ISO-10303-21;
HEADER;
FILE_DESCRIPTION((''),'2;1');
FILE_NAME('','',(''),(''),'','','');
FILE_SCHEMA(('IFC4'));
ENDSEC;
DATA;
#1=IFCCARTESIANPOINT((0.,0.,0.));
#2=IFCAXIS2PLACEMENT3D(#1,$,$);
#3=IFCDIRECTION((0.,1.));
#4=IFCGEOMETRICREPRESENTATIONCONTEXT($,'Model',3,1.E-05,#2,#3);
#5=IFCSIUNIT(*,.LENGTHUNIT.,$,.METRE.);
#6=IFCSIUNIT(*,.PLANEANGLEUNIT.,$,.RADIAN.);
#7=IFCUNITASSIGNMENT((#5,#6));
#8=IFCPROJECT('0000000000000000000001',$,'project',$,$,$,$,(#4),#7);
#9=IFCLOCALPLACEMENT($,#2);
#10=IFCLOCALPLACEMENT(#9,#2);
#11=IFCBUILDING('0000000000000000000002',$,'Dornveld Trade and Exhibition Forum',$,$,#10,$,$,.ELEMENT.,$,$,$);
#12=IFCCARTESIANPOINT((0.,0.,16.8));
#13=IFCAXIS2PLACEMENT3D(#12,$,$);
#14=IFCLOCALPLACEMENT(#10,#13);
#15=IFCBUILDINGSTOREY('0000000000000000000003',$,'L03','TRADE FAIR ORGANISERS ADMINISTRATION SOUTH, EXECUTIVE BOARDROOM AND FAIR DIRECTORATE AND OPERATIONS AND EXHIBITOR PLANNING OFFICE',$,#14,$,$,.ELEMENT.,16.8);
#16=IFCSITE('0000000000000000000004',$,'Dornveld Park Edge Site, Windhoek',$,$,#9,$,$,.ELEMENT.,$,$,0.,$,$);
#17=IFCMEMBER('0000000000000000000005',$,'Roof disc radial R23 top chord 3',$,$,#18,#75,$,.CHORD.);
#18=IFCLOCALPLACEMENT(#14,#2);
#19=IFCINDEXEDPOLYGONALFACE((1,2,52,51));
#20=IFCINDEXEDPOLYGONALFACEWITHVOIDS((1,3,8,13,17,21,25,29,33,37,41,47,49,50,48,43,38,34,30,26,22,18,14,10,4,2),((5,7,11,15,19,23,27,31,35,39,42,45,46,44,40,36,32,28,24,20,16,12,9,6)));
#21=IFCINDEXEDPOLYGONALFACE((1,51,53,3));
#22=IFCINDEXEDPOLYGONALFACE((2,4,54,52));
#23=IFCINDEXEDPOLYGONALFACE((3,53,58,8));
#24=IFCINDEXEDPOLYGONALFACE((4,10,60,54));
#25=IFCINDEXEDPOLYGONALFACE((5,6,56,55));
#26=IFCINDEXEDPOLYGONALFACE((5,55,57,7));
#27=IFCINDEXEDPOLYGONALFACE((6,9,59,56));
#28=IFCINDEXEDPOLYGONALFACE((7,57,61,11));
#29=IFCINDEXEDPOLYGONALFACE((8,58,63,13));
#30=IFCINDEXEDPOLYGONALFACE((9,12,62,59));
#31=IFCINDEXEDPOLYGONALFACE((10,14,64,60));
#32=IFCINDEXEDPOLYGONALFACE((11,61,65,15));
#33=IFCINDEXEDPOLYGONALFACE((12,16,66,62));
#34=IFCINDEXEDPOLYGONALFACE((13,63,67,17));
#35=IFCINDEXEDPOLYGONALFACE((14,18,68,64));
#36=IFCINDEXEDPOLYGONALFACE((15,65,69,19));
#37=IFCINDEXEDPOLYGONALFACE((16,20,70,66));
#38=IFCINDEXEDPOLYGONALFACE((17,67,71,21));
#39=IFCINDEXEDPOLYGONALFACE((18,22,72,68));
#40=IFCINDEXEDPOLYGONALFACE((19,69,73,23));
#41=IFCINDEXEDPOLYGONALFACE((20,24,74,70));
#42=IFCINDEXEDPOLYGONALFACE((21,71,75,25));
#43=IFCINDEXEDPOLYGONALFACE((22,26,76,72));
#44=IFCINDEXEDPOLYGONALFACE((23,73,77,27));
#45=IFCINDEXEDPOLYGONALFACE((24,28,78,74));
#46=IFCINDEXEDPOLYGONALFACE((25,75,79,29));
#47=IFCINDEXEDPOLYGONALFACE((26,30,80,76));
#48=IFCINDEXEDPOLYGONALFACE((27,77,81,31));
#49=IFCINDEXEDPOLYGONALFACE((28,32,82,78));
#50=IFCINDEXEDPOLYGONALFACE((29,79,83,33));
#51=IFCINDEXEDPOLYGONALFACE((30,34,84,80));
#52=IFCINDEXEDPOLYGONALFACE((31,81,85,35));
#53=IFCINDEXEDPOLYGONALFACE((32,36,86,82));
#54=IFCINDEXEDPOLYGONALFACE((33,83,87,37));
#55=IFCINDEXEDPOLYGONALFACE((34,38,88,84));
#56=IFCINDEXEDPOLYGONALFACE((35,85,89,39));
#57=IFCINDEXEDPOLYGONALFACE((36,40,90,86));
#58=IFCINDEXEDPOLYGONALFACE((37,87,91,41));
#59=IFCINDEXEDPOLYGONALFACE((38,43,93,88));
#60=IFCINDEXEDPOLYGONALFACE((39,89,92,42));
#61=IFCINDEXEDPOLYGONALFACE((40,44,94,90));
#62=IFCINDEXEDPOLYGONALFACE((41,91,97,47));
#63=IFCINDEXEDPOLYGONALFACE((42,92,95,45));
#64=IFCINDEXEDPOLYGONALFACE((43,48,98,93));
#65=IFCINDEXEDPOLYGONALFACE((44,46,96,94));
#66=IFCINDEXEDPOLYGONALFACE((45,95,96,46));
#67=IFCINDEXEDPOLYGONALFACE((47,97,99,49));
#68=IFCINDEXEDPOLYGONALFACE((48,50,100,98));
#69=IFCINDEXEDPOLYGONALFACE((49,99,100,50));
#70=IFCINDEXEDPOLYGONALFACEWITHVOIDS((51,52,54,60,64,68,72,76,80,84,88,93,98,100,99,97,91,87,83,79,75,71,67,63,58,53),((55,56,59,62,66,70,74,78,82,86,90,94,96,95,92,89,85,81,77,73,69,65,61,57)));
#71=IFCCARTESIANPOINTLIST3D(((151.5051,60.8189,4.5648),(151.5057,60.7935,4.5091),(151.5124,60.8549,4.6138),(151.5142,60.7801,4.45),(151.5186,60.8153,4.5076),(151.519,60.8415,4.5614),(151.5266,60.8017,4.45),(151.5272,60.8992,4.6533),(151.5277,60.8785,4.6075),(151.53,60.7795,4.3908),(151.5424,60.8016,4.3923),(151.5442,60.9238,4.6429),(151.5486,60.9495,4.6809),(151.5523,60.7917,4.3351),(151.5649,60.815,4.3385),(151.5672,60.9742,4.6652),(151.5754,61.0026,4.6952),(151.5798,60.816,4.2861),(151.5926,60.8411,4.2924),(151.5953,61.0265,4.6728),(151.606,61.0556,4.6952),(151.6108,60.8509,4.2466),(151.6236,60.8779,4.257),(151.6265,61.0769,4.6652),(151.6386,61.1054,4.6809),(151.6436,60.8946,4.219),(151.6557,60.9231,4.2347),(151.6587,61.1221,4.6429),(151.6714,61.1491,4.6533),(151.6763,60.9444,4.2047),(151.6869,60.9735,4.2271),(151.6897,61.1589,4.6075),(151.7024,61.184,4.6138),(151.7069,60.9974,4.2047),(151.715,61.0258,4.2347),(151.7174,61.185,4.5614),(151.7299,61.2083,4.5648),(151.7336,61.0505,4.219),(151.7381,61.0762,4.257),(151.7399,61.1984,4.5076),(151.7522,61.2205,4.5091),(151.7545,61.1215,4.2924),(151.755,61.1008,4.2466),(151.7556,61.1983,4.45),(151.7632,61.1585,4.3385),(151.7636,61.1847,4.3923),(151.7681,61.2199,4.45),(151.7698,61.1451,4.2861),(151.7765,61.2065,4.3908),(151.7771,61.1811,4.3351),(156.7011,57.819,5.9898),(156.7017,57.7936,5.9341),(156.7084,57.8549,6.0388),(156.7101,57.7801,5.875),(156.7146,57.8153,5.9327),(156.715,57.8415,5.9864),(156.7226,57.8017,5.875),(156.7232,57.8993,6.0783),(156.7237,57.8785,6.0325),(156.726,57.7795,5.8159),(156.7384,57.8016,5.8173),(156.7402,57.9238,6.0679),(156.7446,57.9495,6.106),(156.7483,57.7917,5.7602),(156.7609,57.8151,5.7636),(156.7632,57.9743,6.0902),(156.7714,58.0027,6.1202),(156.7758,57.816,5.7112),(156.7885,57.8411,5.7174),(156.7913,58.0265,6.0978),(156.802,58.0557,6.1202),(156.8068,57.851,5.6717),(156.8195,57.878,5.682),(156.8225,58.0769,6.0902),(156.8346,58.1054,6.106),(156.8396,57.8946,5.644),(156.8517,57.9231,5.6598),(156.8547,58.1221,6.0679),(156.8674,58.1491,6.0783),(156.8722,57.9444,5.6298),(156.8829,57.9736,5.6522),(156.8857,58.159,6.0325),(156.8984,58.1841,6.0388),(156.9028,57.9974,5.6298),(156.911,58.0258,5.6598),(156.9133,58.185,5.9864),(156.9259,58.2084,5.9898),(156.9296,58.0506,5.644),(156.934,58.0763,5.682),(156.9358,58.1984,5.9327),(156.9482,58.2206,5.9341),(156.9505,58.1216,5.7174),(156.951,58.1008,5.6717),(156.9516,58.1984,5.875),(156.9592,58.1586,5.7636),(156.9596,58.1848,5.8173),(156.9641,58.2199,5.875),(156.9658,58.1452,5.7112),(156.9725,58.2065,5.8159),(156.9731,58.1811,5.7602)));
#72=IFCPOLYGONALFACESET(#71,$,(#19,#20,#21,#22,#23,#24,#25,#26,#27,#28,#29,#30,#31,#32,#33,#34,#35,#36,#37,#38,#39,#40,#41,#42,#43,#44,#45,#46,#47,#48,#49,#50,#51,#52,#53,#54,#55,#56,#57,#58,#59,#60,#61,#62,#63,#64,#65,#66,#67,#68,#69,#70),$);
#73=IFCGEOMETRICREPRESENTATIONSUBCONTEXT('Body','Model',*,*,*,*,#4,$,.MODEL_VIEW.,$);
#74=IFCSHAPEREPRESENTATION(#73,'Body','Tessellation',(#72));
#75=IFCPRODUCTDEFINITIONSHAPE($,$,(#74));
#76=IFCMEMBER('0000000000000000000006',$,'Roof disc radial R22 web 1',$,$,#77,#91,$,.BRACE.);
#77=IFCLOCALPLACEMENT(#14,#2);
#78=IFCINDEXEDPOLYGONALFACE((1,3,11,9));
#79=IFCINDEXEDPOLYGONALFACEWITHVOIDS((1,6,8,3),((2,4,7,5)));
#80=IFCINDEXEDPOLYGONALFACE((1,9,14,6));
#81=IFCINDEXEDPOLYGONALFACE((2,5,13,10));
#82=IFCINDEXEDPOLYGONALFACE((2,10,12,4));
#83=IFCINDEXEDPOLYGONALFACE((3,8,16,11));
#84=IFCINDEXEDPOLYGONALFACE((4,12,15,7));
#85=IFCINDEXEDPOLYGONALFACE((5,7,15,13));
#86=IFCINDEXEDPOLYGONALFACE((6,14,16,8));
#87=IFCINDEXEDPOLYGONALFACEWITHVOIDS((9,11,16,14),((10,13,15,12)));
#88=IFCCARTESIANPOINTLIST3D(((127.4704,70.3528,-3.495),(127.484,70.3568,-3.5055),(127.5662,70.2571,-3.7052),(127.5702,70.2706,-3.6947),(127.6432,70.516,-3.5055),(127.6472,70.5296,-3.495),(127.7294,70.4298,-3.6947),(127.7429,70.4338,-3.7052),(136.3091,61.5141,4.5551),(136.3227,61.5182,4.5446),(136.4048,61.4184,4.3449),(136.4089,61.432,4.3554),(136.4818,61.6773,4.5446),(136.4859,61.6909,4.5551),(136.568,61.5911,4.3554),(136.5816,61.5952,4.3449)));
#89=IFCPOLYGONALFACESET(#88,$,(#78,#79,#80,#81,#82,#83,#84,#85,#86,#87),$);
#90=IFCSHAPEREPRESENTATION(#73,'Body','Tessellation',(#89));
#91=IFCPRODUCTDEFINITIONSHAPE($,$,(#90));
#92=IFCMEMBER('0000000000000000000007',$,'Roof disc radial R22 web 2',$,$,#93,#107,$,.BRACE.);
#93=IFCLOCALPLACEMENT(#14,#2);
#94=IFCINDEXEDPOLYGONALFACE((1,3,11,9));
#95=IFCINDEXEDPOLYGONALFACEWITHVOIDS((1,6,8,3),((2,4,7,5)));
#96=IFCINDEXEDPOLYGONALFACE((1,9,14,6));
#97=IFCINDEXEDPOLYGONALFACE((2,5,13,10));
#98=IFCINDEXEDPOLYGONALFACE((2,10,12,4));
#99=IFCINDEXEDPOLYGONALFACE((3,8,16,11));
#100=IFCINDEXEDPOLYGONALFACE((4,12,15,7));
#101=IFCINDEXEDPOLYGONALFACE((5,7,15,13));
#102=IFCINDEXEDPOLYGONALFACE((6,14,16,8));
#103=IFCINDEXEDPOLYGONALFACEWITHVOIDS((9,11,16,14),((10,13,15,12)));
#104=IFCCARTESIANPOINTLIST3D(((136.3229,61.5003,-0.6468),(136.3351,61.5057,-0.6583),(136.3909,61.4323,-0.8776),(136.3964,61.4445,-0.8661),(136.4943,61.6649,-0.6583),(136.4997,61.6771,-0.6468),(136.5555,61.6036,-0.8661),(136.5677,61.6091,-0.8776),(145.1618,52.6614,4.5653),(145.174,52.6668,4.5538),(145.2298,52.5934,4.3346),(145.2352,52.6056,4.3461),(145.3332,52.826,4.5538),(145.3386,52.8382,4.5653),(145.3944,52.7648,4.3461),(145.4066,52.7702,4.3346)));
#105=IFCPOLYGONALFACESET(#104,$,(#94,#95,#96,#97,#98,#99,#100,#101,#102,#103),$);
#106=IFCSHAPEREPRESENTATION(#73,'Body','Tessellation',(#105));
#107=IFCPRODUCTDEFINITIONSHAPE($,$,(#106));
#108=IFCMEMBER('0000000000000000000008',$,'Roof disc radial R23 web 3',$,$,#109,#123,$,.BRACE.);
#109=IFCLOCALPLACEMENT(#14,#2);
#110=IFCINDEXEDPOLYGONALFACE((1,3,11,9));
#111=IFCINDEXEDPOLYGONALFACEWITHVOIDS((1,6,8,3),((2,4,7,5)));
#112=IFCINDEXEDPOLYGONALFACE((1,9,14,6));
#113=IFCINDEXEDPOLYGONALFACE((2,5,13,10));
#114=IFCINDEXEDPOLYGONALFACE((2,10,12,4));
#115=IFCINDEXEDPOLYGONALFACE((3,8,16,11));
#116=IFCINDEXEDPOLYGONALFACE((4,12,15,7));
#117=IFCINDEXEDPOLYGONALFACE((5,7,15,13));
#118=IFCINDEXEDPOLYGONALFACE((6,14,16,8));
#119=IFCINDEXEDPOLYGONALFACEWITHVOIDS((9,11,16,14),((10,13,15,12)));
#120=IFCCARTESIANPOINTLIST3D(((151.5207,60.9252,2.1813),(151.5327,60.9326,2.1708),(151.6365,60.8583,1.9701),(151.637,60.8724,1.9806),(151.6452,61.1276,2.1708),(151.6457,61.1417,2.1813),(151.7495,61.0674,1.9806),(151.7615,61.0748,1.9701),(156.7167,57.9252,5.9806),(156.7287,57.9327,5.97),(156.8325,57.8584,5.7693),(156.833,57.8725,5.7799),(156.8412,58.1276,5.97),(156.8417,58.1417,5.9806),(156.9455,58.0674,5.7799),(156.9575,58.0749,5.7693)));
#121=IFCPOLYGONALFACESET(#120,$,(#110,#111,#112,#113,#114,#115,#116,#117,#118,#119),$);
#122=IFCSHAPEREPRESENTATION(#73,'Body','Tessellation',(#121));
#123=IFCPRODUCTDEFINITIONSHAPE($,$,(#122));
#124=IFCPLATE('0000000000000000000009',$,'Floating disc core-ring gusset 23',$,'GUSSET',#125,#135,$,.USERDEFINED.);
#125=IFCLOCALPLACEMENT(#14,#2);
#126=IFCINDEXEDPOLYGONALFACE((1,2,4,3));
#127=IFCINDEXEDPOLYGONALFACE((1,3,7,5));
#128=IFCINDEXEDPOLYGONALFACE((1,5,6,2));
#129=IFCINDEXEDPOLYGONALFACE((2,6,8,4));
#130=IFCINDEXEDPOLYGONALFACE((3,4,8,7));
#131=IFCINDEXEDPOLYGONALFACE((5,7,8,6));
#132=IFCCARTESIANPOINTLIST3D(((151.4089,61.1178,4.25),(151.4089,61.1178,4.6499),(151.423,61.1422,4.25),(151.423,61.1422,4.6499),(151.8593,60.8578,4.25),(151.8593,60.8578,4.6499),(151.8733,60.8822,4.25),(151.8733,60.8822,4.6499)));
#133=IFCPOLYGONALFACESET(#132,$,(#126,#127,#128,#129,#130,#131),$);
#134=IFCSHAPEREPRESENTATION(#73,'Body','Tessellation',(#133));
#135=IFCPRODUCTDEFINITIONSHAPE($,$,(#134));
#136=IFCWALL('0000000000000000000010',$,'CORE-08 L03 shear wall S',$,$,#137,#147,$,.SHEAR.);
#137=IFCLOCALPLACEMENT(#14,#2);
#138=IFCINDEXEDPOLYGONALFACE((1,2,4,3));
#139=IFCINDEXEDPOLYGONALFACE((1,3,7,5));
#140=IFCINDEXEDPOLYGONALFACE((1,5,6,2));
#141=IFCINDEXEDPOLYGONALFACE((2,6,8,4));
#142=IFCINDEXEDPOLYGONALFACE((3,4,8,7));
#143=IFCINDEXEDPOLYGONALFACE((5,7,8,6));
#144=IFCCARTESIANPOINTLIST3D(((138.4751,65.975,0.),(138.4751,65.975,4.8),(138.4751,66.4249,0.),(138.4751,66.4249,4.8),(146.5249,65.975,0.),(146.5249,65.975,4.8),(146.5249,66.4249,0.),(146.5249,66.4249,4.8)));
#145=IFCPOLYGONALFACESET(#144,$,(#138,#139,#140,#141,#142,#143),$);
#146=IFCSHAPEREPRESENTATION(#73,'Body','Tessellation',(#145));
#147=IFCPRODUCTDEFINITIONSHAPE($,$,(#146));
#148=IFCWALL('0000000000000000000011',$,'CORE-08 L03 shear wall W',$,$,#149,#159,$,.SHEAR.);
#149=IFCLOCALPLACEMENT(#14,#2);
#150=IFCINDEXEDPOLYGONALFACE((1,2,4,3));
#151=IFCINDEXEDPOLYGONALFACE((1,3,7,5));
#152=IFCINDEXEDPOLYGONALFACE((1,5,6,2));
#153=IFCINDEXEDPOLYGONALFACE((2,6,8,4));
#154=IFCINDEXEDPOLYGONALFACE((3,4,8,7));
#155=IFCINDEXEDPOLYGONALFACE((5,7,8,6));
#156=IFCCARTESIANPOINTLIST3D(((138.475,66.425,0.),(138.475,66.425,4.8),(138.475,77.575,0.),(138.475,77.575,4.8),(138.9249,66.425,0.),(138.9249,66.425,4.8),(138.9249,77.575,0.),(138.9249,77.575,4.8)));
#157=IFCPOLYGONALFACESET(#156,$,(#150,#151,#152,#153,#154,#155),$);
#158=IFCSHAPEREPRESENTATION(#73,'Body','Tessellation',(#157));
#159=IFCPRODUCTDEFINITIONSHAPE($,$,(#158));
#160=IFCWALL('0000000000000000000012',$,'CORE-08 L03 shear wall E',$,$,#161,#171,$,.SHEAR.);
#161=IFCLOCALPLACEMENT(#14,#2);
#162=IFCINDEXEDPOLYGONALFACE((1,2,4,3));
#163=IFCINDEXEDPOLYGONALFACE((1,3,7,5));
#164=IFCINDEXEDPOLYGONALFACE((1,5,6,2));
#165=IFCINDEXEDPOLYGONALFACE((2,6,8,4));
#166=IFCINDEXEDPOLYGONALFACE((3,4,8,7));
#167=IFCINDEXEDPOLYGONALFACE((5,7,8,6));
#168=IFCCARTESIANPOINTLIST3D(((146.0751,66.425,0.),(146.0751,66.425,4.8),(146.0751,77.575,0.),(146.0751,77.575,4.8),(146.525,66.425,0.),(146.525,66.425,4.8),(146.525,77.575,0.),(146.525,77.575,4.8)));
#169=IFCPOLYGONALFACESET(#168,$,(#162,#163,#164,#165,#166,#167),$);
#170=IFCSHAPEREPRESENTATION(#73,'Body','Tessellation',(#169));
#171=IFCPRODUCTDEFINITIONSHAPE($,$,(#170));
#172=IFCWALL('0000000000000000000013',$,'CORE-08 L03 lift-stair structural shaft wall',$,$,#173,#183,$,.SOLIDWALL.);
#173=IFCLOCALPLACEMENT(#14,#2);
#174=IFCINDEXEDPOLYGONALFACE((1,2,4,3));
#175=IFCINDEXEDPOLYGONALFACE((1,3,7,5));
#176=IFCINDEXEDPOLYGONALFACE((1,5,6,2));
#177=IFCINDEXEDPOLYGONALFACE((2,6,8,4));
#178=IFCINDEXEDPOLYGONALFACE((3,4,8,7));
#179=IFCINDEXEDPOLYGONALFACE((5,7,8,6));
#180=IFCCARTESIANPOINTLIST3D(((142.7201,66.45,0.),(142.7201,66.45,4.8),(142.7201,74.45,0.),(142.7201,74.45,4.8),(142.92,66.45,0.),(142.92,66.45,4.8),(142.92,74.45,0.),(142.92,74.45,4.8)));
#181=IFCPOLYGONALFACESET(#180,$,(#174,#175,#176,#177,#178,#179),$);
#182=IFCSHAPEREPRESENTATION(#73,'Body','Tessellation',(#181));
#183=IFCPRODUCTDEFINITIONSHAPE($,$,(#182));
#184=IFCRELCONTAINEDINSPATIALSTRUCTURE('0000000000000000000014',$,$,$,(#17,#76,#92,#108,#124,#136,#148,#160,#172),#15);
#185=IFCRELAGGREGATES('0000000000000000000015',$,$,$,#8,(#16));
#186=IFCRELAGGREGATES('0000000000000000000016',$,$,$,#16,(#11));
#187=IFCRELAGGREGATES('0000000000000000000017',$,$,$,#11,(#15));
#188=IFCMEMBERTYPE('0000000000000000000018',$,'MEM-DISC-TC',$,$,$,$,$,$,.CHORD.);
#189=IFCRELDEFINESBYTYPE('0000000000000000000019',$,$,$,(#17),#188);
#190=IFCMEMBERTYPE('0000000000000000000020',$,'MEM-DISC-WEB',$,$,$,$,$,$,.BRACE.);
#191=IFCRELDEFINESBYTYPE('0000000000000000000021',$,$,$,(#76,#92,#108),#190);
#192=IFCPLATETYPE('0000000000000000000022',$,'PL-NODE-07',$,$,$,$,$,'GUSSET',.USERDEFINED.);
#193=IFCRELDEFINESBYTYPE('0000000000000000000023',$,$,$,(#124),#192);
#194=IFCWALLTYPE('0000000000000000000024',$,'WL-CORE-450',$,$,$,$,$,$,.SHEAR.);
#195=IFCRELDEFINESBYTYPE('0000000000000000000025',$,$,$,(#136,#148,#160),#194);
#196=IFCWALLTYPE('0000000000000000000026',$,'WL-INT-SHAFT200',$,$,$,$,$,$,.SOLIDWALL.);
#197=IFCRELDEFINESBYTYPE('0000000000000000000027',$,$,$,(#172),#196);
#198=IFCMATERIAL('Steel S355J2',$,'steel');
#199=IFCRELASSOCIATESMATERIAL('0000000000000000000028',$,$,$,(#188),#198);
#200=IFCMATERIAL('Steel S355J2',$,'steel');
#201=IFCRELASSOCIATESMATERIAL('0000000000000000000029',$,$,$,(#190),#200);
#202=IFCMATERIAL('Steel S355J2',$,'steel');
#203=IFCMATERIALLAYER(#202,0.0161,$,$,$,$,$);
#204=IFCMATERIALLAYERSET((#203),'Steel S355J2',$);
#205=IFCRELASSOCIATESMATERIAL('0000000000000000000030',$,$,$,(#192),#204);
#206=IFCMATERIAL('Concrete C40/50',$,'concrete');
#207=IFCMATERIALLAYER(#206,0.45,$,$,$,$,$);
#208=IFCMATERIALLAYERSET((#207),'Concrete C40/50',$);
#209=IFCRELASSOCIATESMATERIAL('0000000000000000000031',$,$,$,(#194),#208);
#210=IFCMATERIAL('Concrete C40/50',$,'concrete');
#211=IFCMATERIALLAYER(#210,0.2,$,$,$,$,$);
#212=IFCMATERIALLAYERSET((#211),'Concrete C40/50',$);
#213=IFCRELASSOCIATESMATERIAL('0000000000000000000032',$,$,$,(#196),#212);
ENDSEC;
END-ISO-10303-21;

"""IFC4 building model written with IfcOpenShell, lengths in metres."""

from ifc_helpers import new_model, si_unit, direction, frame, frame_2d, origin, origin_2d, place, context, subcontext, project, spatial, rectangle, hollow_rectangle, hollow_circle, extrude, material, layer, layer_set, material_profile, profile_set, type_object, element, save


model = new_model("IFC4")

# Units and contexts
model_context = context("Model", 3, precision=1e-05, world=origin(), true_north=direction((0.0, 1.0)))
body_context = subcontext(model_context, "Body", "Model", "MODEL_VIEW")
ifc_project = project(units=[si_unit("LENGTHUNIT", "METRE"), si_unit("PLANEANGLEUNIT", "RADIAN")], contexts=[model_context])

# Site, building, storey
site_placement = place(None, origin())
site = spatial("IfcSite", under=ifc_project, at=site_placement, Name="Dornveld Park Edge Site, Windhoek", CompositionType="ELEMENT", RefElevation=0.0)
building_placement = place(site_placement, origin())
building = spatial("IfcBuilding", under=site, at=building_placement, Name="Dornveld Trade and Exhibition Forum", CompositionType="ELEMENT")
storey_placement = place(building_placement, frame((0.0, 0.0, 16.8)))
storey = spatial("IfcBuildingStorey", under=building, at=storey_placement, Name="L03", Description="TRADE FAIR ORGANISERS ADMINISTRATION SOUTH, EXECUTIVE BOARDROOM AND FAIR DIRECTORATE AND OPERATIONS AND EXHIBITOR PLANNING OFFICE", CompositionType="ELEMENT", Elevation=16.8)

# Members
ifc_material_1 = material(Name="Steel S355J2", Category="steel")
ifc_material_profile_1 = material_profile(ifc_material_1, hollow_circle(Radius=0.2539, WallThickness=0.0249, at=origin_2d()), Name="CHS 508x25")
ifc_profile_set_1 = profile_set([ifc_material_profile_1], Name="Steel S355J2")
member_type_1 = type_object("IfcMemberType", Name="MEM-DISC-TC", PredefinedType="CHORD", material=ifc_profile_set_1)
member_1_placement = place(storey_placement, frame((151.6411, 61.0, 4.45), z_axis=(0.842581, -0.486475, 0.231083), x_axis=(0.500008, 0.866021, 0.0)))
element("IfcMember", 1, at=member_1_placement, inside=storey, type_object=member_type_1, Name="Roof disc radial R23 top chord 3", PredefinedType="CHORD", context=body_context, shape_type="SweptSolid", body=[
    extrude(hollow_circle(Radius=0.2539, WallThickness=0.0249, at=origin_2d()), origin(), (0.0, 0.0, 1.0), 6.1667),
])
ifc_material_2 = material(Name="Steel S355J2", Category="steel")
ifc_material_profile_2 = material_profile(ifc_material_2, hollow_rectangle(XDim=0.25, YDim=0.25, WallThickness=0.0125, at=origin_2d()), Name="SHS 250x250x12.5")
ifc_profile_set_2 = profile_set([ifc_material_profile_2], Name="Steel S355J2")
member_type_2 = type_object("IfcMemberType", Name="MEM-DISC-WEB", PredefinedType="BRACE", material=ifc_profile_set_2)
member_2_placement = place(storey_placement, frame((127.6067, 70.3933, -3.6001), z_axis=(0.594489, -0.594489, 0.541449), x_axis=(0.707107, 0.707107, 0.0)))
element("IfcMember", 2, at=member_2_placement, inside=storey, type_object=member_type_2, Name="Roof disc radial R22 web 1", PredefinedType="BRACE", context=body_context, shape_type="SweptSolid", body=[
    extrude(hollow_rectangle(XDim=0.25, YDim=0.25, WallThickness=0.0125, at=origin_2d()), origin(), (0.0, 0.0, 1.0), 14.8677),
])
member_3_placement = place(storey_placement, frame((136.4453, 61.5547, -0.7622), z_axis=(0.652643, -0.652643, 0.384855), x_axis=(0.707107, 0.707107, 0.0)))
element("IfcMember", 3, at=member_3_placement, inside=storey, type_object=member_type_2, Name="Roof disc radial R22 web 2", PredefinedType="BRACE", context=body_context, shape_type="SweptSolid", body=[
    extrude(hollow_rectangle(XDim=0.25, YDim=0.25, WallThickness=0.0125, at=origin_2d()), origin(), (0.0, 0.0, 1.0), 13.5432),
])
member_4_placement = place(storey_placement, frame((151.6411, 61.0, 2.0757), z_axis=(0.731665, -0.422436, 0.534989), x_axis=(0.500008, 0.866021, 0.0)))
element("IfcMember", 4, at=member_4_placement, inside=storey, type_object=member_type_2, Name="Roof disc radial R23 web 3", PredefinedType="BRACE", context=body_context, shape_type="SweptSolid", body=[
    extrude(hollow_rectangle(XDim=0.25, YDim=0.25, WallThickness=0.0125, at=origin_2d()), origin(), (0.0, 0.0, 1.0), 7.1016),
])

# Plate
ifc_material_3 = material(Name="Steel S355J2", Category="steel")
ifc_layer_1 = layer(ifc_material_3, 0.0161)
ifc_layer_set_1 = layer_set([ifc_layer_1], Name="Steel S355J2")
plate_type = type_object("IfcPlateType", Name="PL-NODE-07", ElementType="GUSSET", PredefinedType="USERDEFINED", material=ifc_layer_set_1)
plate_placement = place(storey_placement, frame((151.6411, 61.0, 4.25), z_axis=(0.0, 0.0, 1.0), x_axis=(0.866025, -0.5, 0.0)))
element("IfcPlate", 5, at=plate_placement, inside=storey, type_object=plate_type, Name="Floating disc core-ring gusset 23", ObjectType="GUSSET", PredefinedType="USERDEFINED", context=body_context, shape_type="SweptSolid", body=[
    extrude(rectangle(XDim=0.52, YDim=0.0281, at=origin_2d()), origin(), (0.0, 0.0, 1.0), 0.3999),
])

# Walls
ifc_material_4 = material(Name="Concrete C40/50", Category="concrete")
ifc_layer_2 = layer(ifc_material_4, 0.45)
ifc_layer_set_2 = layer_set([ifc_layer_2], Name="Concrete C40/50")
wall_type_1 = type_object("IfcWallType", Name="WL-CORE-450", PredefinedType="SHEAR", material=ifc_layer_set_2)
wall_1_placement = place(storey_placement, frame((138.4751, 66.2, 0.0), z_axis=(0.0, 0.0, 1.0), x_axis=(1.0, 0.0, 0.0)))
element("IfcWall", 6, at=wall_1_placement, inside=storey, type_object=wall_type_1, Name="CORE-08 L03 shear wall S", PredefinedType="SHEAR", context=body_context, shape_type="SweptSolid", body=[
    extrude(rectangle(XDim=8.0498, YDim=0.45, at=frame_2d((4.0249, 0.0))), origin(), (0.0, 0.0, 1.0), 4.8),
])
for number, where, z_axis, x_axis, name in (
    (7, (138.7, 66.425, 0.0), (0.0, 0.0, 1.0), (0.0, 1.0, 0.0), "CORE-08 L03 shear wall W"),
    (8, (146.3, 66.425, 0.0), (0.0, 0.0, 1.0), (0.0, 1.0, 0.0), "CORE-08 L03 shear wall E"),
):
    element("IfcWall", number, at=place(storey_placement, frame(where, z_axis=z_axis, x_axis=x_axis)), inside=storey, type_object=wall_type_1, Name=name, PredefinedType="SHEAR", context=body_context, shape_type="SweptSolid", body=[
        extrude(rectangle(XDim=11.1499, YDim=0.45, at=frame_2d((5.575, 0.0))), origin(), (0.0, 0.0, 1.0), 4.8),
    ])
ifc_material_5 = material(Name="Concrete C40/50", Category="concrete")
ifc_layer_3 = layer(ifc_material_5, 0.2)
ifc_layer_set_3 = layer_set([ifc_layer_3], Name="Concrete C40/50")
wall_type_2 = type_object("IfcWallType", Name="WL-INT-SHAFT200", PredefinedType="SOLIDWALL", material=ifc_layer_set_3)
wall_2_placement = place(storey_placement, frame((142.8201, 66.45, 0.0), z_axis=(0.0, 0.0, 1.0), x_axis=(0.0, 1.0, 0.0)))
element("IfcWall", 9, at=wall_2_placement, inside=storey, type_object=wall_type_2, Name="CORE-08 L03 lift-stair structural shaft wall", PredefinedType="SOLIDWALL", context=body_context, shape_type="SweptSolid", body=[
    extrude(rectangle(XDim=8.0, YDim=0.2, at=frame_2d((4.0, 0.0))), origin(), (0.0, 0.0, 1.0), 4.8),
])

save(model, "model.ifc")
